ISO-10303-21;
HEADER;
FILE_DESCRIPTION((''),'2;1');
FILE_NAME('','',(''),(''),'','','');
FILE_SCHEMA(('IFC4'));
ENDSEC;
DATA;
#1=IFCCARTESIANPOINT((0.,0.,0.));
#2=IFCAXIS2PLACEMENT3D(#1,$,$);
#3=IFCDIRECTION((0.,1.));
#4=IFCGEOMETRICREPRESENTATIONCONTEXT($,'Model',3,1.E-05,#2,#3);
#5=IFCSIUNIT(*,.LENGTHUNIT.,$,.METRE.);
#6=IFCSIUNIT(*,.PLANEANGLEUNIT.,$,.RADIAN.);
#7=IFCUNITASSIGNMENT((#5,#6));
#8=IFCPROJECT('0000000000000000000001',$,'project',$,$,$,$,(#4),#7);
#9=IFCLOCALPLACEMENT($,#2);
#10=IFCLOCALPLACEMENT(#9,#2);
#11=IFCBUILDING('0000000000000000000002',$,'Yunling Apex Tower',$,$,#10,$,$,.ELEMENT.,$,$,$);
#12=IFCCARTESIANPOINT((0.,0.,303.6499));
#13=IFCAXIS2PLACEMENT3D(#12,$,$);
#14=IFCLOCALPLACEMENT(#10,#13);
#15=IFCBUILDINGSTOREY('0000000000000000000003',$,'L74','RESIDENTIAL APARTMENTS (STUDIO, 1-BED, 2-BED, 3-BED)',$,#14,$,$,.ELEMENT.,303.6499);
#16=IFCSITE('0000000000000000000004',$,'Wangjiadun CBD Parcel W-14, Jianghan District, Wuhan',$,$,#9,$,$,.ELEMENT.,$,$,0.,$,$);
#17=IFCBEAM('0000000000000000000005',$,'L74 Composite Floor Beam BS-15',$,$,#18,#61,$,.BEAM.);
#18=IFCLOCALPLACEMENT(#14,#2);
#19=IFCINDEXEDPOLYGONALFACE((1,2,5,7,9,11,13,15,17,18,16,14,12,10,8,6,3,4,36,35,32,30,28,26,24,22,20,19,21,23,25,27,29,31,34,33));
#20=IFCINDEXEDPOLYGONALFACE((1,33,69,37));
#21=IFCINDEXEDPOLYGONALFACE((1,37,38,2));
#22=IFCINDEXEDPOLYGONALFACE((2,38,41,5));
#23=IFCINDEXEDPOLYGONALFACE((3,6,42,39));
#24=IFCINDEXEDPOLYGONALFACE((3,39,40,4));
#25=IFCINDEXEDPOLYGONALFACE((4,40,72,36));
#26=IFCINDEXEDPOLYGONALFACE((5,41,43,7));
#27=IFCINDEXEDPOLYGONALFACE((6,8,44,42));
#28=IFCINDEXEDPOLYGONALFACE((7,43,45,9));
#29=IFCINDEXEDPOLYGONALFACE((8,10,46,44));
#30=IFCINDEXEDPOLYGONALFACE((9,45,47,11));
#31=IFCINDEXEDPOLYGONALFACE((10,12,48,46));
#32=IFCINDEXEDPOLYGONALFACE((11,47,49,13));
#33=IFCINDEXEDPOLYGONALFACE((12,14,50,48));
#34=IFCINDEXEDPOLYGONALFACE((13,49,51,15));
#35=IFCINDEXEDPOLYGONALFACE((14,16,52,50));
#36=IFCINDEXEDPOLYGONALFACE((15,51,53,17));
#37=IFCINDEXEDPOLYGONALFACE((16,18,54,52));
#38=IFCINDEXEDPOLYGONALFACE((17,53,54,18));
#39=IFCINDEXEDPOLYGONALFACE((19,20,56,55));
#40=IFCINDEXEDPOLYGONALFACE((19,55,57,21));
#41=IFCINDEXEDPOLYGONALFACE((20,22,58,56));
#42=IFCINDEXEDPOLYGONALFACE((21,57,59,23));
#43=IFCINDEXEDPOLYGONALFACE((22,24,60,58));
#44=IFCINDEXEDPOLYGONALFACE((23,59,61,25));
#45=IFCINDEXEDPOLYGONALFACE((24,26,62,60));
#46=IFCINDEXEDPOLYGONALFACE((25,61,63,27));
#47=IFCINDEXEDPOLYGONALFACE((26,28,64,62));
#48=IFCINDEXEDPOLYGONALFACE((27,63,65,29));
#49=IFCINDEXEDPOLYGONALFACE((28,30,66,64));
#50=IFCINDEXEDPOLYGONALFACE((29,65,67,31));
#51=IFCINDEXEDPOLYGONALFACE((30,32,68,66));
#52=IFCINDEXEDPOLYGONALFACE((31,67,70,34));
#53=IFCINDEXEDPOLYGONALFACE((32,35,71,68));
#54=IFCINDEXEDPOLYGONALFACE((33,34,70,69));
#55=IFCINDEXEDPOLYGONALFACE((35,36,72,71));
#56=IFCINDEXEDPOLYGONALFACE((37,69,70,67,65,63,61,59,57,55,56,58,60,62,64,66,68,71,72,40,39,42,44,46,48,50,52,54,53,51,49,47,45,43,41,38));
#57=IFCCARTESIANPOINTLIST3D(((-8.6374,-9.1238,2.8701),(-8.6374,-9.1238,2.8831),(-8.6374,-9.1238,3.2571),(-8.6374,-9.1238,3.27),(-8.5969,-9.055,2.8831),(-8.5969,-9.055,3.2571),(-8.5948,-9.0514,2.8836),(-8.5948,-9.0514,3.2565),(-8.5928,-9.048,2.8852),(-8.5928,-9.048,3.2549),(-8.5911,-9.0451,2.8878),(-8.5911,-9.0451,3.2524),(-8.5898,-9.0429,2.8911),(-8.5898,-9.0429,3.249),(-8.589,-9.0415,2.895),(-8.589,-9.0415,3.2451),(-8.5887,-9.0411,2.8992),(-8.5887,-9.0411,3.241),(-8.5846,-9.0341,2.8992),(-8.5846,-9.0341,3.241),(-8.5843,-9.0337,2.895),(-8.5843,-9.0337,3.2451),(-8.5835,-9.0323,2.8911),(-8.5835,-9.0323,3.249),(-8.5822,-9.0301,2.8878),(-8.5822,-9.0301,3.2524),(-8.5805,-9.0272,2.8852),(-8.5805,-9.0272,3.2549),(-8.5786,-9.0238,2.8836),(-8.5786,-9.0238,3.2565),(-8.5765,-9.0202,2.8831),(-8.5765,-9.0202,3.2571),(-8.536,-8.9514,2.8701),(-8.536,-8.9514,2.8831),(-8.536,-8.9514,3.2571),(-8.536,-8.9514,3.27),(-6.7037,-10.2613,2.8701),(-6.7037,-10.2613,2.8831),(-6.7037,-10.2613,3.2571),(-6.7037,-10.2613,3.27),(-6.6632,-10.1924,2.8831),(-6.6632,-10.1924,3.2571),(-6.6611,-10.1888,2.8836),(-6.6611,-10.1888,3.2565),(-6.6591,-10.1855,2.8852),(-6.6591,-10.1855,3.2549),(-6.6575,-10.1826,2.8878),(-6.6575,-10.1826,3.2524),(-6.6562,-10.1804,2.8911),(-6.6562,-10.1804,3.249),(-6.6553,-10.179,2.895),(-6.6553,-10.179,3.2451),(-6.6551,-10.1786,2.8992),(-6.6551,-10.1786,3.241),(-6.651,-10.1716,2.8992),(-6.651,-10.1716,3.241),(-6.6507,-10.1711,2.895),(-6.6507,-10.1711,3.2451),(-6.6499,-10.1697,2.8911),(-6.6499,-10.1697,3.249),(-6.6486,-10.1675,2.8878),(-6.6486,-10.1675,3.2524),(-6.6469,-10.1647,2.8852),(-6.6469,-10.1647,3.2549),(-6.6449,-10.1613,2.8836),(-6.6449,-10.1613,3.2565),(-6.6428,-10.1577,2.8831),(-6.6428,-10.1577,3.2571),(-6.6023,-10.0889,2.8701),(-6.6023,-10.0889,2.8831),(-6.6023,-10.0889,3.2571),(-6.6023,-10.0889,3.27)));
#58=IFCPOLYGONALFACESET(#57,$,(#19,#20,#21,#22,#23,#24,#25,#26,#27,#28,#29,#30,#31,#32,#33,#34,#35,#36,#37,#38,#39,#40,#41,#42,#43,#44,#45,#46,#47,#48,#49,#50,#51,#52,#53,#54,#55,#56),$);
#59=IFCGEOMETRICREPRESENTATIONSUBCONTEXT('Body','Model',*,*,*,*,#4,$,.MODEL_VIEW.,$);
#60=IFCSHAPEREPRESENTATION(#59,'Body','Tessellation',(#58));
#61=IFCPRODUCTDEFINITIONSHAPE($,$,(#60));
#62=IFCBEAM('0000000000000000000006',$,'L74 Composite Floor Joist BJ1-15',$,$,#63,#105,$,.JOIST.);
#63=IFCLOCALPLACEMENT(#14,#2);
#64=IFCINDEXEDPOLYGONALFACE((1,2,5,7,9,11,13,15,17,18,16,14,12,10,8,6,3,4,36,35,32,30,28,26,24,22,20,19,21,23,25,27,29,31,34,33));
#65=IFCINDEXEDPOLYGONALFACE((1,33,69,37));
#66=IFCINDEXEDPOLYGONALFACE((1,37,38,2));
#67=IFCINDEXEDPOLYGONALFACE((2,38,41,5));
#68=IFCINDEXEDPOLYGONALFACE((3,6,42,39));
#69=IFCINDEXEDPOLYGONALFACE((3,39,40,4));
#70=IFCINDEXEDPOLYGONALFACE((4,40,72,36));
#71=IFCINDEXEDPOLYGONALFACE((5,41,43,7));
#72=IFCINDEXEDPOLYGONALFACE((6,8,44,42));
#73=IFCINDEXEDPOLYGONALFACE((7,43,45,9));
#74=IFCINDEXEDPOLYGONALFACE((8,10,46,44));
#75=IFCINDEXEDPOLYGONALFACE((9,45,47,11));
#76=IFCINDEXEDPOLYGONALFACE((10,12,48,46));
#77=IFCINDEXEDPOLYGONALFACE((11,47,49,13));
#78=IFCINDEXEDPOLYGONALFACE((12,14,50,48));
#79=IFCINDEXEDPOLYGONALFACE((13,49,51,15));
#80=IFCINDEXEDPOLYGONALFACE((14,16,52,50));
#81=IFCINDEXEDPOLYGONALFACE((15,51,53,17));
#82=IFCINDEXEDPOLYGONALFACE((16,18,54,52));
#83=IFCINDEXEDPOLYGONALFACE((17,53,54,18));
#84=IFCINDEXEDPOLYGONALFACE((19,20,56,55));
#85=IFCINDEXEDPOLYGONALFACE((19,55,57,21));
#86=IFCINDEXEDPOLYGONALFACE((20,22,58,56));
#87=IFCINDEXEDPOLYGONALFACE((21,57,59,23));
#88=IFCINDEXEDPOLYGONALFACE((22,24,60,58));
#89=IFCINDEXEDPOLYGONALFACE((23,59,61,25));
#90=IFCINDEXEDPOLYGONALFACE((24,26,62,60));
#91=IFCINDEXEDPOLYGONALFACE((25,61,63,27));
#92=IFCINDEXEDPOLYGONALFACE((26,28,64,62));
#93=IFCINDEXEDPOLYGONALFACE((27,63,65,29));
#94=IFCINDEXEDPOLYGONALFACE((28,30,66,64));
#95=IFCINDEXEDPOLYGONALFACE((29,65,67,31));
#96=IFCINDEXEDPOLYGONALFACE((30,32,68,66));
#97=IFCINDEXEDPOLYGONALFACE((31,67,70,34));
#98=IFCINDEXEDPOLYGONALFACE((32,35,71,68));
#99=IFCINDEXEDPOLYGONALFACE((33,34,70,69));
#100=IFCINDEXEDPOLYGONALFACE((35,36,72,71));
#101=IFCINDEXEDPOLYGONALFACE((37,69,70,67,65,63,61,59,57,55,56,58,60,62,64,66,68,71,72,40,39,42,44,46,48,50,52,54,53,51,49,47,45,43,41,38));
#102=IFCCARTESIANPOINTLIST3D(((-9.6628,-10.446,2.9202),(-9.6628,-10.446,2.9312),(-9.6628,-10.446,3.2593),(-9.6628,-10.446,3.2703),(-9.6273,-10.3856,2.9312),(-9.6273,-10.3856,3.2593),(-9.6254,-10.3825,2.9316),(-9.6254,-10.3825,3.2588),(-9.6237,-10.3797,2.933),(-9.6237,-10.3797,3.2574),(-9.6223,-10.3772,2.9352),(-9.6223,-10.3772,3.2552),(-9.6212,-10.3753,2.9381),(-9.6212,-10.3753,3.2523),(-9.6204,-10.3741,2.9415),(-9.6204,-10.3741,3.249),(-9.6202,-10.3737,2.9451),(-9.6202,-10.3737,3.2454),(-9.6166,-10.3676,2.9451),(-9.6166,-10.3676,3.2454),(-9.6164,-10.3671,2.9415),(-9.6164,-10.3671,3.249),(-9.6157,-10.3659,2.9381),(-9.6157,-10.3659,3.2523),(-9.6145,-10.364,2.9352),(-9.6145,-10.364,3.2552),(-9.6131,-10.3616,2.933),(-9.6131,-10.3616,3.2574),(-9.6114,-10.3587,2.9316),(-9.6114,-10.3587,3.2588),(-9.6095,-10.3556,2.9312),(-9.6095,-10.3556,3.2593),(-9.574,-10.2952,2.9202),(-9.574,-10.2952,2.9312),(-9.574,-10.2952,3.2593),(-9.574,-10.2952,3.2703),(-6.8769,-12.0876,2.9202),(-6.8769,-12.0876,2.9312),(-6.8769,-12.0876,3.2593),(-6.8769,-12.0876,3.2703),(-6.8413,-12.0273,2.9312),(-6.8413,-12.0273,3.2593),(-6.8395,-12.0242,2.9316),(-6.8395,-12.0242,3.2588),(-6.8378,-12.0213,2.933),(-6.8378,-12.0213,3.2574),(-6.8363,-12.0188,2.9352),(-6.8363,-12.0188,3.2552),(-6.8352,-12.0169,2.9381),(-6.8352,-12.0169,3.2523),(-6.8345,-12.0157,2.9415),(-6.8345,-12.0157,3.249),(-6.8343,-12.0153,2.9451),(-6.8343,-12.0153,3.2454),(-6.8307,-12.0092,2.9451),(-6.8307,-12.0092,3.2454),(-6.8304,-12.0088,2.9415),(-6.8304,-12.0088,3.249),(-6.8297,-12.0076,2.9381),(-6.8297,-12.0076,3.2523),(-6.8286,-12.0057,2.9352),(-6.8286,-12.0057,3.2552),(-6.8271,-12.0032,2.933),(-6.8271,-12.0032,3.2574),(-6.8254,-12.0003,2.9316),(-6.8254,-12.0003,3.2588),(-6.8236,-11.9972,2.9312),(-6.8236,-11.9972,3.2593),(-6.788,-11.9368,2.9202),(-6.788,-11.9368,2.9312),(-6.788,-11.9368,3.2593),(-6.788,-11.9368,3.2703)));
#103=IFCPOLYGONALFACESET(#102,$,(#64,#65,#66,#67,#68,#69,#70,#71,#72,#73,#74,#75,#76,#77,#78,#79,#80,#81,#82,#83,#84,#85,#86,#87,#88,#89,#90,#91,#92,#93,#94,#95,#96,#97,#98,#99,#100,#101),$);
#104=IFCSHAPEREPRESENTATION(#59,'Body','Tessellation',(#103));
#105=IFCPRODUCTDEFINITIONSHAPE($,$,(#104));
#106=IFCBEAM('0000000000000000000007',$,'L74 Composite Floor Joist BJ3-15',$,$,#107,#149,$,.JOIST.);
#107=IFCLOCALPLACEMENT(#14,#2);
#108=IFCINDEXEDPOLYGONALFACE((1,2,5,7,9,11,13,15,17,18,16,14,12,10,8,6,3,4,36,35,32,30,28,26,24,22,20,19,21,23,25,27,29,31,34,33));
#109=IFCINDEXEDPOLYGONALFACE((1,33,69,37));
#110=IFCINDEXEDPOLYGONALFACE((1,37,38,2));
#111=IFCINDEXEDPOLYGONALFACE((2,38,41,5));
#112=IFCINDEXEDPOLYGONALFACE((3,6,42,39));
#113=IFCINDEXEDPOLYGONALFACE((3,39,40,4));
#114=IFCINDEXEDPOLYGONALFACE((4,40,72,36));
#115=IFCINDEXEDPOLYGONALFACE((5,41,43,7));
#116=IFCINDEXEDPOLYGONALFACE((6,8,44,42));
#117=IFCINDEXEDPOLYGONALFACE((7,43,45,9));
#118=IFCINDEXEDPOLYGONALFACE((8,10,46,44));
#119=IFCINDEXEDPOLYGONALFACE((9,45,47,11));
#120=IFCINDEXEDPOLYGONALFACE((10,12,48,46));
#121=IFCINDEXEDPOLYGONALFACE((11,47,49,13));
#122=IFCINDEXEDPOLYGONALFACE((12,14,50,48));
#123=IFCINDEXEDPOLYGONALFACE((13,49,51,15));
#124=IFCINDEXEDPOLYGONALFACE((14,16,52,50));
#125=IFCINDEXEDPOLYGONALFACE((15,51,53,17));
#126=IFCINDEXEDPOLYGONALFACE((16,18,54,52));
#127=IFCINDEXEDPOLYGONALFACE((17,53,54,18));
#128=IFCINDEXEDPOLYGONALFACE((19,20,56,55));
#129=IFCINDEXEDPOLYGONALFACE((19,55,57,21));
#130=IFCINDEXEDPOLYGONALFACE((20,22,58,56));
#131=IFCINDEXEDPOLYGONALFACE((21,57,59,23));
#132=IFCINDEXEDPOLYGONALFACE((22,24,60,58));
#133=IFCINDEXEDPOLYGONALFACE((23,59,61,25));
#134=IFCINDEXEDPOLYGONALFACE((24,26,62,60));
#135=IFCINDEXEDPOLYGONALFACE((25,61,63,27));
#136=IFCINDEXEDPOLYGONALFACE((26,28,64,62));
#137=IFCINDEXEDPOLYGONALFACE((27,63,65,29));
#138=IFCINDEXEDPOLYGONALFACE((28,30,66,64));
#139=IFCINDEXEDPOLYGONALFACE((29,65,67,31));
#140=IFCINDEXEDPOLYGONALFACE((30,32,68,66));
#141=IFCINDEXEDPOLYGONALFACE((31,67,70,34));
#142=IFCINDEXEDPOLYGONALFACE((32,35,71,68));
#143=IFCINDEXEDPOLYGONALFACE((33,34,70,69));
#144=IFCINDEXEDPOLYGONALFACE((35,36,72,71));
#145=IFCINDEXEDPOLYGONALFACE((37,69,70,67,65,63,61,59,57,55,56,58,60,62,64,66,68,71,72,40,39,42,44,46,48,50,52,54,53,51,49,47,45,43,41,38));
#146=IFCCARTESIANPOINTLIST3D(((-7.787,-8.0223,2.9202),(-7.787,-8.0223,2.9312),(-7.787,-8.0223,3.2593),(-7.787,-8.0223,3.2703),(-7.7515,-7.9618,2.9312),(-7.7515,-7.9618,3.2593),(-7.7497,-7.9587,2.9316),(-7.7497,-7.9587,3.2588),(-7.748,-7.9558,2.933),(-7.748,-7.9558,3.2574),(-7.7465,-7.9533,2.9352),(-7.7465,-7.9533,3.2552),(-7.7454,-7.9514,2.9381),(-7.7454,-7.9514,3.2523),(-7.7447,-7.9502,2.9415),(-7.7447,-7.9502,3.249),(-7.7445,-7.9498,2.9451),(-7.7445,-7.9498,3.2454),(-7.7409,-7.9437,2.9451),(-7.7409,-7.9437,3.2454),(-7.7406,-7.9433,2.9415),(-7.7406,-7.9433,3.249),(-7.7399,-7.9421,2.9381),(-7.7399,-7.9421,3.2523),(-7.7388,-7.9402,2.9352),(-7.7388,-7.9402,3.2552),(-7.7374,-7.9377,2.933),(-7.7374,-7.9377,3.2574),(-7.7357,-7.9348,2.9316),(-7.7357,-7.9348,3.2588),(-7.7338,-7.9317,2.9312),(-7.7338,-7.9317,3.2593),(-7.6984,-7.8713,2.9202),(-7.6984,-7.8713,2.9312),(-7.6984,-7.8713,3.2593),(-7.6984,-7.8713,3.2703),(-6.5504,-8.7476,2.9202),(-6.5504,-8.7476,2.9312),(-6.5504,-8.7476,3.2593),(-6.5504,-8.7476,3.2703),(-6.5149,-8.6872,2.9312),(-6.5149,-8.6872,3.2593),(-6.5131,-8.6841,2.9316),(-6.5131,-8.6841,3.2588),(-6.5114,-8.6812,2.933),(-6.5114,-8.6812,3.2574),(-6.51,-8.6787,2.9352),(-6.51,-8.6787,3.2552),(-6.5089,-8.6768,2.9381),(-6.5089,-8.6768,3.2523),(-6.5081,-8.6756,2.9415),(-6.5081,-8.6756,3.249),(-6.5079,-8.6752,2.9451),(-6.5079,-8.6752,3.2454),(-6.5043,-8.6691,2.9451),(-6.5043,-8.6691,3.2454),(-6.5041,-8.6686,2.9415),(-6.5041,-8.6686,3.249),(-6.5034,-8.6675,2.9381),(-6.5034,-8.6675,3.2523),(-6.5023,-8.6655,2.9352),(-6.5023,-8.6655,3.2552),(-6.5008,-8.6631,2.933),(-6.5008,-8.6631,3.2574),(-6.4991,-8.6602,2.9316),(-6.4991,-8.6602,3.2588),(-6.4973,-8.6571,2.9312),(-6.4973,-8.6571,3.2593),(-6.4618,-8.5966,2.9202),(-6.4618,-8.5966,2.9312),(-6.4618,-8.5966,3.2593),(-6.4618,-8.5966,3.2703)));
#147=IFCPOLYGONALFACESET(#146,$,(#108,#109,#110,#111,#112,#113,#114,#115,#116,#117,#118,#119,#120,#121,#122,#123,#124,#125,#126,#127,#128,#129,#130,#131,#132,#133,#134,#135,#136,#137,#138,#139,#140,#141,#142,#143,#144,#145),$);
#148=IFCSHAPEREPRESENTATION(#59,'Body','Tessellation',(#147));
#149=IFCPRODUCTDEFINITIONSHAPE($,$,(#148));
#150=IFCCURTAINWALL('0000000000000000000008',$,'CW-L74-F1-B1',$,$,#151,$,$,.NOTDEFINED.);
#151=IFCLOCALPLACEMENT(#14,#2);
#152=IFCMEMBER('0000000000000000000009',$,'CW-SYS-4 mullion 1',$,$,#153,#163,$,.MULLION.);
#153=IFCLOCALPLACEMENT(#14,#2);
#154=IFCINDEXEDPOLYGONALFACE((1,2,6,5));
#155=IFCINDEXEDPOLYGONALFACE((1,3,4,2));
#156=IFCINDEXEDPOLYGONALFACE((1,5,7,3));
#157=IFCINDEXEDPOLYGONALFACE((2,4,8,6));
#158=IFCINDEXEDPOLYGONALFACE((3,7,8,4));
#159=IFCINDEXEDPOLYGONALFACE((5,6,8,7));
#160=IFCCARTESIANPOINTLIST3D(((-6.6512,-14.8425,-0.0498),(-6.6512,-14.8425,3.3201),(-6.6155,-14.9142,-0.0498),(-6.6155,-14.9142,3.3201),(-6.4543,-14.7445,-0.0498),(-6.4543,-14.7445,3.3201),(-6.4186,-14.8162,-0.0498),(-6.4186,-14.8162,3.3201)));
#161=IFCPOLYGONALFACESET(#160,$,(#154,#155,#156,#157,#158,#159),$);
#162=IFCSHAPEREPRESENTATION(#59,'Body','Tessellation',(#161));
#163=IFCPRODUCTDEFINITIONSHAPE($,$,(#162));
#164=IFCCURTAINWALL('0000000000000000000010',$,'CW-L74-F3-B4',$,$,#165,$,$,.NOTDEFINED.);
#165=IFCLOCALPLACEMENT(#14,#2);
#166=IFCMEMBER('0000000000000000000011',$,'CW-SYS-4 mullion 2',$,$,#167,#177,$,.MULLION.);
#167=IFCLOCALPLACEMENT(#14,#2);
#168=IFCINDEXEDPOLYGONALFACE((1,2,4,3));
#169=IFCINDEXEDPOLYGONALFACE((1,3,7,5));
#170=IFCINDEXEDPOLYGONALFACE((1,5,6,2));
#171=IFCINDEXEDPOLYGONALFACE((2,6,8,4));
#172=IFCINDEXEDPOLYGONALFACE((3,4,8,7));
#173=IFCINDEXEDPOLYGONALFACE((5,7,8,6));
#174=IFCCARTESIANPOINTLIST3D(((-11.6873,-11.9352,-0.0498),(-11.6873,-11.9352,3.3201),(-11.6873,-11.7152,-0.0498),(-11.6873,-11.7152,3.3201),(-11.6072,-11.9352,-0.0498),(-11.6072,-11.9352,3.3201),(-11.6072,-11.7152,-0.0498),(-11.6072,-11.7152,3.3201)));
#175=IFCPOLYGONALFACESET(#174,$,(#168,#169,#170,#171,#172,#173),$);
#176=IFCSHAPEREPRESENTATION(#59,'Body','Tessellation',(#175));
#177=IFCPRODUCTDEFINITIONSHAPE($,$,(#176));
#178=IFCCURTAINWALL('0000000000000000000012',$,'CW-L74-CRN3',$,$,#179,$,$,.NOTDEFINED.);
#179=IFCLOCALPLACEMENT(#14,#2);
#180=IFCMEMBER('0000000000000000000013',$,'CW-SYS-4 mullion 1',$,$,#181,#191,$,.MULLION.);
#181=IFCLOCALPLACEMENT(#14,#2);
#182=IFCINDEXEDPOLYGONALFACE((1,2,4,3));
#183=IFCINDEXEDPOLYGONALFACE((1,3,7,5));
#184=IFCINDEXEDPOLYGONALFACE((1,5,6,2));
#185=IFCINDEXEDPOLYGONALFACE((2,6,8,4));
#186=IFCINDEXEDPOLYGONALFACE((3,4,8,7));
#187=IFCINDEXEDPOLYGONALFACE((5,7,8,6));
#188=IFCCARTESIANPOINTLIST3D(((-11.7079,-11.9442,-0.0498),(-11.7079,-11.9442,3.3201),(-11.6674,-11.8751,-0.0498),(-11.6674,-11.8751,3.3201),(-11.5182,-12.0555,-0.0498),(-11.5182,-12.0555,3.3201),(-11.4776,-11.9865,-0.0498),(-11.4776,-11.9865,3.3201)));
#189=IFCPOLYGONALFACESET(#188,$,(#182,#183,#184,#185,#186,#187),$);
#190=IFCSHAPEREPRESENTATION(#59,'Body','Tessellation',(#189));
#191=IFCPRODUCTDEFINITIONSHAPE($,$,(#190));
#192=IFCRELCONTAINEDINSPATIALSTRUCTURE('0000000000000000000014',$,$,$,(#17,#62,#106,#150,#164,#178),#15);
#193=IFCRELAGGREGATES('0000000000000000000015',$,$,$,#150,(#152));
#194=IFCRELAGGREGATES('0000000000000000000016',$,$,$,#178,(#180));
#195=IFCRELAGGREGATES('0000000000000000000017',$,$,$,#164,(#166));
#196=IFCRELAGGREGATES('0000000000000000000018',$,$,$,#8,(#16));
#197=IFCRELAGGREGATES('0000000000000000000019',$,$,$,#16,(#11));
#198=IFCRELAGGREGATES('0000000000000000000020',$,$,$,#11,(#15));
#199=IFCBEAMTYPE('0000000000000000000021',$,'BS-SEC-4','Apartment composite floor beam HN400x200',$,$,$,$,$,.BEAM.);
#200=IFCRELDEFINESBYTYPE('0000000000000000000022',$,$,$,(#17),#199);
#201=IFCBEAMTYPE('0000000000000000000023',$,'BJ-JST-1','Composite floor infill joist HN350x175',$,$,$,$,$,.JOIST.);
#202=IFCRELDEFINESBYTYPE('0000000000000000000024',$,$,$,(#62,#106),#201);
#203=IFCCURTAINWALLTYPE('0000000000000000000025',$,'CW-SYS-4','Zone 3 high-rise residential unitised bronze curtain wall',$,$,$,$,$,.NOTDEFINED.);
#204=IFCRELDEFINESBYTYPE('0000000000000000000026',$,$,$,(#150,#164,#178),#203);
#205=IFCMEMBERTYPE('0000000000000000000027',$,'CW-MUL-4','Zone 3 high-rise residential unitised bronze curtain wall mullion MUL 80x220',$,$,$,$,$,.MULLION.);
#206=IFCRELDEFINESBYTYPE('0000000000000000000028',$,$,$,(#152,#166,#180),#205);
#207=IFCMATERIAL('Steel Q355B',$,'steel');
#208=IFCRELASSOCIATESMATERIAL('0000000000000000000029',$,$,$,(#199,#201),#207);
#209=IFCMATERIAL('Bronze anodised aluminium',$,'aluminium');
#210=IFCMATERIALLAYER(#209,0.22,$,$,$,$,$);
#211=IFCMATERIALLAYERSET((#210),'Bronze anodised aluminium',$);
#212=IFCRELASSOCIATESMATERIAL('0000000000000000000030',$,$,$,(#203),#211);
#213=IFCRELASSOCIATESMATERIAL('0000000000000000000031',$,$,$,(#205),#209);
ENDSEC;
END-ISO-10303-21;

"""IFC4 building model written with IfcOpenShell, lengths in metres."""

from ifc_helpers import new_model, si_unit, direction, frame, origin, origin_2d, place, context, subcontext, project, spatial, rectangle, i_section, extrude, source, transform, mapped, material, layer, layer_set, material_profile, profile_set, type_object, element, aggregate, save


model = new_model("IFC4")

# Units and contexts
model_context = context("Model", 3, precision=1e-05, world=origin(), true_north=direction((0.0, 1.0)))
body_context = subcontext(model_context, "Body", "Model", "MODEL_VIEW")
ifc_project = project(units=[si_unit("LENGTHUNIT", "METRE"), si_unit("PLANEANGLEUNIT", "RADIAN")], contexts=[model_context])

# Site, building, storey
site_placement = place(None, origin())
site = spatial("IfcSite", under=ifc_project, at=site_placement, Name="Wangjiadun CBD Parcel W-14, Jianghan District, Wuhan", CompositionType="ELEMENT", RefElevation=0.0)
building_placement = place(site_placement, origin())
building = spatial("IfcBuilding", under=site, at=building_placement, Name="Yunling Apex Tower", CompositionType="ELEMENT")
storey_placement = place(building_placement, frame((0.0, 0.0, 303.6499)))
storey = spatial("IfcBuildingStorey", under=building, at=storey_placement, Name="L74", Description="RESIDENTIAL APARTMENTS (STUDIO, 1-BED, 2-BED, 3-BED)", CompositionType="ELEMENT", Elevation=303.6499)

# Shared definitions
ifc_material_1 = material(Name="Steel Q355B", Category="steel")

# Beams
ifc_material_profile_1 = material_profile(ifc_material_1, i_section(OverallWidth=0.2, OverallDepth=0.3999, WebThickness=0.0081, FlangeThickness=0.0129, FilletRadius=0.0161, at=origin_2d()))
ifc_profile_set_1 = profile_set([ifc_material_profile_1], Name="Steel Q355B")
beam_type_1 = type_object("IfcBeamType", Name="BS-SEC-4", Description="Apartment composite floor beam HN400x200", PredefinedType="BEAM", material=ifc_profile_set_1)
ifc_material_profile_2 = material_profile(ifc_material_1, i_section(OverallWidth=0.175, OverallDepth=0.3501, WebThickness=0.0071, FlangeThickness=0.011, FilletRadius=0.0139, at=origin_2d()))
ifc_profile_set_2 = profile_set([ifc_material_profile_2], Name="Steel Q355B")
beam_type_2 = type_object("IfcBeamType", Name="BJ-JST-1", Description="Composite floor infill joist HN350x175", PredefinedType="JOIST", material=ifc_profile_set_2)
shared_shape_1 = source(origin(), body_context, "Body", "SweptSolid", [
    extrude(i_section(OverallWidth=0.2, OverallDepth=0.3999, WebThickness=0.0081, FlangeThickness=0.0129, FilletRadius=0.0161, at=origin_2d()), origin(), (0.0, 0.0, 1.0), 2.2434),
])
beam_1_placement = place(storey_placement, frame((-8.5867, -9.0376, 3.0701), z_axis=(0.861926, -0.507034, 0.0), x_axis=(0.507034, 0.861926, 0.0)))
element("IfcBeam", 1, at=beam_1_placement, inside=storey, type_object=beam_type_1, Name="L74 Composite Floor Beam BS-15", PredefinedType="BEAM", context=body_context, shape_type="MappedRepresentation", body=[
    mapped(shared_shape_1, transform((0.0, 0.0, 0.0), scale=1.0)),
])
shared_shape_2 = source(origin(), body_context, "Body", "SweptSolid", [
    extrude(i_section(OverallWidth=0.175, OverallDepth=0.3501, WebThickness=0.0071, FlangeThickness=0.011, FilletRadius=0.0139, at=origin_2d()), origin(), (0.0, 0.0, 1.0), 3.2336),
])
beam_2_placement = place(storey_placement, frame((-9.6184, -10.3706, 3.0952), z_axis=(0.86155, -0.507673, 0.0), x_axis=(0.507673, 0.86155, 0.0)))
element("IfcBeam", 2, at=beam_2_placement, inside=storey, type_object=beam_type_2, Name="L74 Composite Floor Joist BJ1-15", PredefinedType="JOIST", context=body_context, shape_type="MappedRepresentation", body=[
    mapped(shared_shape_2, transform((0.0, 0.0, 0.0), scale=1.0)),
])
shared_shape_3 = source(origin(), body_context, "Body", "SweptSolid", [
    extrude(i_section(OverallWidth=0.175, OverallDepth=0.3501, WebThickness=0.0071, FlangeThickness=0.011, FilletRadius=0.0139, at=origin_2d()), origin(), (0.0, 0.0, 1.0), 1.4336),
])
beam_3_placement = place(storey_placement, frame((-7.7427, -7.9468, 3.0952), z_axis=(0.86256, -0.505955, 0.0), x_axis=(0.505955, 0.86256, 0.0)))
element("IfcBeam", 3, at=beam_3_placement, inside=storey, type_object=beam_type_2, Name="L74 Composite Floor Joist BJ3-15", PredefinedType="JOIST", context=body_context, shape_type="MappedRepresentation", body=[
    mapped(shared_shape_3, transform((0.0, 0.0, 0.0), scale=1.0)),
])

# Curtain walls, members
ifc_material_2 = material(Name="Bronze anodised aluminium", Category="aluminium")
ifc_layer_1 = layer(ifc_material_2, 0.22)
ifc_layer_set_1 = layer_set([ifc_layer_1], Name="Bronze anodised aluminium")
curtain_wall_type = type_object("IfcCurtainWallType", Name="CW-SYS-4", Description="Zone 3 high-rise residential unitised bronze curtain wall", PredefinedType="NOTDEFINED", material=ifc_layer_set_1)
curtain_wall_1_placement = place(storey_placement, origin())
curtain_wall_1 = element("IfcCurtainWall", 4, at=curtain_wall_1_placement, inside=storey, type_object=curtain_wall_type, Name="CW-L74-F1-B1", PredefinedType="NOTDEFINED")
ifc_material_profile_3 = material_profile(ifc_material_2, rectangle(XDim=0.0801, YDim=0.22, at=origin_2d()))
ifc_profile_set_3 = profile_set([ifc_material_profile_3], Name="Bronze anodised aluminium")
member_type_1 = type_object("IfcMemberType", Name="CW-MUL-4", Description="Zone 3 high-rise residential unitised bronze curtain wall mullion MUL 80x220", PredefinedType="MULLION", material=ifc_profile_set_3)
shared_shape_4 = source(origin(), body_context, "Body", "SweptSolid", [
    extrude(rectangle(XDim=0.0801, YDim=0.22, at=origin_2d()), origin(), (0.0, 0.0, 1.0), 3.3699),
])
member_1_placement = place(storey_placement, frame((-6.5349, -14.8293, -0.0498), z_axis=(0.0, 0.0, 1.0), x_axis=(-0.445568, 0.895248, 0.0)))
member_1 = element("IfcMember", 5, at=member_1_placement, type_object=member_type_1, Name="CW-SYS-4 mullion 1", PredefinedType="MULLION", context=body_context, shape_type="MappedRepresentation", body=[
    mapped(shared_shape_4, transform((0.0, 0.0, 0.0), scale=1.0)),
])
curtain_wall_2_placement = place(storey_placement, origin())
curtain_wall_2 = element("IfcCurtainWall", 6, at=curtain_wall_2_placement, inside=storey, type_object=curtain_wall_type, Name="CW-L74-F3-B4", PredefinedType="NOTDEFINED")
member_2_placement = place(storey_placement, frame((-11.6472, -11.8252, -0.0498), z_axis=(0.0, 0.0, 1.0), x_axis=(1.0, 0.0, 0.0)))
member_2 = element("IfcMember", 7, at=member_2_placement, type_object=member_type_1, Name="CW-SYS-4 mullion 2", PredefinedType="MULLION", context=body_context, shape_type="MappedRepresentation", body=[
    mapped(shared_shape_4, transform((0.0, 0.0, 0.0), scale=1.0)),
])

# Curtain wall, member
curtain_wall_3_placement = place(storey_placement, origin())
curtain_wall_3 = element("IfcCurtainWall", 8, at=curtain_wall_3_placement, inside=storey, type_object=curtain_wall_type, Name="CW-L74-CRN3", PredefinedType="NOTDEFINED")
member_3_placement = place(storey_placement, frame((-11.5928, -11.9653, -0.0498), z_axis=(0.0, 0.0, 1.0), x_axis=(0.50607, 0.862492, 0.0)))
member_3 = element("IfcMember", 9, at=member_3_placement, type_object=member_type_1, Name="CW-SYS-4 mullion 1", PredefinedType="MULLION", context=body_context, shape_type="MappedRepresentation", body=[
    mapped(shared_shape_4, transform((0.0, 0.0, 0.0), scale=1.0)),
])

aggregate(curtain_wall_1, [member_1])
aggregate(curtain_wall_3, [member_3])
aggregate(curtain_wall_2, [member_2])

save(model, "model.ifc")
